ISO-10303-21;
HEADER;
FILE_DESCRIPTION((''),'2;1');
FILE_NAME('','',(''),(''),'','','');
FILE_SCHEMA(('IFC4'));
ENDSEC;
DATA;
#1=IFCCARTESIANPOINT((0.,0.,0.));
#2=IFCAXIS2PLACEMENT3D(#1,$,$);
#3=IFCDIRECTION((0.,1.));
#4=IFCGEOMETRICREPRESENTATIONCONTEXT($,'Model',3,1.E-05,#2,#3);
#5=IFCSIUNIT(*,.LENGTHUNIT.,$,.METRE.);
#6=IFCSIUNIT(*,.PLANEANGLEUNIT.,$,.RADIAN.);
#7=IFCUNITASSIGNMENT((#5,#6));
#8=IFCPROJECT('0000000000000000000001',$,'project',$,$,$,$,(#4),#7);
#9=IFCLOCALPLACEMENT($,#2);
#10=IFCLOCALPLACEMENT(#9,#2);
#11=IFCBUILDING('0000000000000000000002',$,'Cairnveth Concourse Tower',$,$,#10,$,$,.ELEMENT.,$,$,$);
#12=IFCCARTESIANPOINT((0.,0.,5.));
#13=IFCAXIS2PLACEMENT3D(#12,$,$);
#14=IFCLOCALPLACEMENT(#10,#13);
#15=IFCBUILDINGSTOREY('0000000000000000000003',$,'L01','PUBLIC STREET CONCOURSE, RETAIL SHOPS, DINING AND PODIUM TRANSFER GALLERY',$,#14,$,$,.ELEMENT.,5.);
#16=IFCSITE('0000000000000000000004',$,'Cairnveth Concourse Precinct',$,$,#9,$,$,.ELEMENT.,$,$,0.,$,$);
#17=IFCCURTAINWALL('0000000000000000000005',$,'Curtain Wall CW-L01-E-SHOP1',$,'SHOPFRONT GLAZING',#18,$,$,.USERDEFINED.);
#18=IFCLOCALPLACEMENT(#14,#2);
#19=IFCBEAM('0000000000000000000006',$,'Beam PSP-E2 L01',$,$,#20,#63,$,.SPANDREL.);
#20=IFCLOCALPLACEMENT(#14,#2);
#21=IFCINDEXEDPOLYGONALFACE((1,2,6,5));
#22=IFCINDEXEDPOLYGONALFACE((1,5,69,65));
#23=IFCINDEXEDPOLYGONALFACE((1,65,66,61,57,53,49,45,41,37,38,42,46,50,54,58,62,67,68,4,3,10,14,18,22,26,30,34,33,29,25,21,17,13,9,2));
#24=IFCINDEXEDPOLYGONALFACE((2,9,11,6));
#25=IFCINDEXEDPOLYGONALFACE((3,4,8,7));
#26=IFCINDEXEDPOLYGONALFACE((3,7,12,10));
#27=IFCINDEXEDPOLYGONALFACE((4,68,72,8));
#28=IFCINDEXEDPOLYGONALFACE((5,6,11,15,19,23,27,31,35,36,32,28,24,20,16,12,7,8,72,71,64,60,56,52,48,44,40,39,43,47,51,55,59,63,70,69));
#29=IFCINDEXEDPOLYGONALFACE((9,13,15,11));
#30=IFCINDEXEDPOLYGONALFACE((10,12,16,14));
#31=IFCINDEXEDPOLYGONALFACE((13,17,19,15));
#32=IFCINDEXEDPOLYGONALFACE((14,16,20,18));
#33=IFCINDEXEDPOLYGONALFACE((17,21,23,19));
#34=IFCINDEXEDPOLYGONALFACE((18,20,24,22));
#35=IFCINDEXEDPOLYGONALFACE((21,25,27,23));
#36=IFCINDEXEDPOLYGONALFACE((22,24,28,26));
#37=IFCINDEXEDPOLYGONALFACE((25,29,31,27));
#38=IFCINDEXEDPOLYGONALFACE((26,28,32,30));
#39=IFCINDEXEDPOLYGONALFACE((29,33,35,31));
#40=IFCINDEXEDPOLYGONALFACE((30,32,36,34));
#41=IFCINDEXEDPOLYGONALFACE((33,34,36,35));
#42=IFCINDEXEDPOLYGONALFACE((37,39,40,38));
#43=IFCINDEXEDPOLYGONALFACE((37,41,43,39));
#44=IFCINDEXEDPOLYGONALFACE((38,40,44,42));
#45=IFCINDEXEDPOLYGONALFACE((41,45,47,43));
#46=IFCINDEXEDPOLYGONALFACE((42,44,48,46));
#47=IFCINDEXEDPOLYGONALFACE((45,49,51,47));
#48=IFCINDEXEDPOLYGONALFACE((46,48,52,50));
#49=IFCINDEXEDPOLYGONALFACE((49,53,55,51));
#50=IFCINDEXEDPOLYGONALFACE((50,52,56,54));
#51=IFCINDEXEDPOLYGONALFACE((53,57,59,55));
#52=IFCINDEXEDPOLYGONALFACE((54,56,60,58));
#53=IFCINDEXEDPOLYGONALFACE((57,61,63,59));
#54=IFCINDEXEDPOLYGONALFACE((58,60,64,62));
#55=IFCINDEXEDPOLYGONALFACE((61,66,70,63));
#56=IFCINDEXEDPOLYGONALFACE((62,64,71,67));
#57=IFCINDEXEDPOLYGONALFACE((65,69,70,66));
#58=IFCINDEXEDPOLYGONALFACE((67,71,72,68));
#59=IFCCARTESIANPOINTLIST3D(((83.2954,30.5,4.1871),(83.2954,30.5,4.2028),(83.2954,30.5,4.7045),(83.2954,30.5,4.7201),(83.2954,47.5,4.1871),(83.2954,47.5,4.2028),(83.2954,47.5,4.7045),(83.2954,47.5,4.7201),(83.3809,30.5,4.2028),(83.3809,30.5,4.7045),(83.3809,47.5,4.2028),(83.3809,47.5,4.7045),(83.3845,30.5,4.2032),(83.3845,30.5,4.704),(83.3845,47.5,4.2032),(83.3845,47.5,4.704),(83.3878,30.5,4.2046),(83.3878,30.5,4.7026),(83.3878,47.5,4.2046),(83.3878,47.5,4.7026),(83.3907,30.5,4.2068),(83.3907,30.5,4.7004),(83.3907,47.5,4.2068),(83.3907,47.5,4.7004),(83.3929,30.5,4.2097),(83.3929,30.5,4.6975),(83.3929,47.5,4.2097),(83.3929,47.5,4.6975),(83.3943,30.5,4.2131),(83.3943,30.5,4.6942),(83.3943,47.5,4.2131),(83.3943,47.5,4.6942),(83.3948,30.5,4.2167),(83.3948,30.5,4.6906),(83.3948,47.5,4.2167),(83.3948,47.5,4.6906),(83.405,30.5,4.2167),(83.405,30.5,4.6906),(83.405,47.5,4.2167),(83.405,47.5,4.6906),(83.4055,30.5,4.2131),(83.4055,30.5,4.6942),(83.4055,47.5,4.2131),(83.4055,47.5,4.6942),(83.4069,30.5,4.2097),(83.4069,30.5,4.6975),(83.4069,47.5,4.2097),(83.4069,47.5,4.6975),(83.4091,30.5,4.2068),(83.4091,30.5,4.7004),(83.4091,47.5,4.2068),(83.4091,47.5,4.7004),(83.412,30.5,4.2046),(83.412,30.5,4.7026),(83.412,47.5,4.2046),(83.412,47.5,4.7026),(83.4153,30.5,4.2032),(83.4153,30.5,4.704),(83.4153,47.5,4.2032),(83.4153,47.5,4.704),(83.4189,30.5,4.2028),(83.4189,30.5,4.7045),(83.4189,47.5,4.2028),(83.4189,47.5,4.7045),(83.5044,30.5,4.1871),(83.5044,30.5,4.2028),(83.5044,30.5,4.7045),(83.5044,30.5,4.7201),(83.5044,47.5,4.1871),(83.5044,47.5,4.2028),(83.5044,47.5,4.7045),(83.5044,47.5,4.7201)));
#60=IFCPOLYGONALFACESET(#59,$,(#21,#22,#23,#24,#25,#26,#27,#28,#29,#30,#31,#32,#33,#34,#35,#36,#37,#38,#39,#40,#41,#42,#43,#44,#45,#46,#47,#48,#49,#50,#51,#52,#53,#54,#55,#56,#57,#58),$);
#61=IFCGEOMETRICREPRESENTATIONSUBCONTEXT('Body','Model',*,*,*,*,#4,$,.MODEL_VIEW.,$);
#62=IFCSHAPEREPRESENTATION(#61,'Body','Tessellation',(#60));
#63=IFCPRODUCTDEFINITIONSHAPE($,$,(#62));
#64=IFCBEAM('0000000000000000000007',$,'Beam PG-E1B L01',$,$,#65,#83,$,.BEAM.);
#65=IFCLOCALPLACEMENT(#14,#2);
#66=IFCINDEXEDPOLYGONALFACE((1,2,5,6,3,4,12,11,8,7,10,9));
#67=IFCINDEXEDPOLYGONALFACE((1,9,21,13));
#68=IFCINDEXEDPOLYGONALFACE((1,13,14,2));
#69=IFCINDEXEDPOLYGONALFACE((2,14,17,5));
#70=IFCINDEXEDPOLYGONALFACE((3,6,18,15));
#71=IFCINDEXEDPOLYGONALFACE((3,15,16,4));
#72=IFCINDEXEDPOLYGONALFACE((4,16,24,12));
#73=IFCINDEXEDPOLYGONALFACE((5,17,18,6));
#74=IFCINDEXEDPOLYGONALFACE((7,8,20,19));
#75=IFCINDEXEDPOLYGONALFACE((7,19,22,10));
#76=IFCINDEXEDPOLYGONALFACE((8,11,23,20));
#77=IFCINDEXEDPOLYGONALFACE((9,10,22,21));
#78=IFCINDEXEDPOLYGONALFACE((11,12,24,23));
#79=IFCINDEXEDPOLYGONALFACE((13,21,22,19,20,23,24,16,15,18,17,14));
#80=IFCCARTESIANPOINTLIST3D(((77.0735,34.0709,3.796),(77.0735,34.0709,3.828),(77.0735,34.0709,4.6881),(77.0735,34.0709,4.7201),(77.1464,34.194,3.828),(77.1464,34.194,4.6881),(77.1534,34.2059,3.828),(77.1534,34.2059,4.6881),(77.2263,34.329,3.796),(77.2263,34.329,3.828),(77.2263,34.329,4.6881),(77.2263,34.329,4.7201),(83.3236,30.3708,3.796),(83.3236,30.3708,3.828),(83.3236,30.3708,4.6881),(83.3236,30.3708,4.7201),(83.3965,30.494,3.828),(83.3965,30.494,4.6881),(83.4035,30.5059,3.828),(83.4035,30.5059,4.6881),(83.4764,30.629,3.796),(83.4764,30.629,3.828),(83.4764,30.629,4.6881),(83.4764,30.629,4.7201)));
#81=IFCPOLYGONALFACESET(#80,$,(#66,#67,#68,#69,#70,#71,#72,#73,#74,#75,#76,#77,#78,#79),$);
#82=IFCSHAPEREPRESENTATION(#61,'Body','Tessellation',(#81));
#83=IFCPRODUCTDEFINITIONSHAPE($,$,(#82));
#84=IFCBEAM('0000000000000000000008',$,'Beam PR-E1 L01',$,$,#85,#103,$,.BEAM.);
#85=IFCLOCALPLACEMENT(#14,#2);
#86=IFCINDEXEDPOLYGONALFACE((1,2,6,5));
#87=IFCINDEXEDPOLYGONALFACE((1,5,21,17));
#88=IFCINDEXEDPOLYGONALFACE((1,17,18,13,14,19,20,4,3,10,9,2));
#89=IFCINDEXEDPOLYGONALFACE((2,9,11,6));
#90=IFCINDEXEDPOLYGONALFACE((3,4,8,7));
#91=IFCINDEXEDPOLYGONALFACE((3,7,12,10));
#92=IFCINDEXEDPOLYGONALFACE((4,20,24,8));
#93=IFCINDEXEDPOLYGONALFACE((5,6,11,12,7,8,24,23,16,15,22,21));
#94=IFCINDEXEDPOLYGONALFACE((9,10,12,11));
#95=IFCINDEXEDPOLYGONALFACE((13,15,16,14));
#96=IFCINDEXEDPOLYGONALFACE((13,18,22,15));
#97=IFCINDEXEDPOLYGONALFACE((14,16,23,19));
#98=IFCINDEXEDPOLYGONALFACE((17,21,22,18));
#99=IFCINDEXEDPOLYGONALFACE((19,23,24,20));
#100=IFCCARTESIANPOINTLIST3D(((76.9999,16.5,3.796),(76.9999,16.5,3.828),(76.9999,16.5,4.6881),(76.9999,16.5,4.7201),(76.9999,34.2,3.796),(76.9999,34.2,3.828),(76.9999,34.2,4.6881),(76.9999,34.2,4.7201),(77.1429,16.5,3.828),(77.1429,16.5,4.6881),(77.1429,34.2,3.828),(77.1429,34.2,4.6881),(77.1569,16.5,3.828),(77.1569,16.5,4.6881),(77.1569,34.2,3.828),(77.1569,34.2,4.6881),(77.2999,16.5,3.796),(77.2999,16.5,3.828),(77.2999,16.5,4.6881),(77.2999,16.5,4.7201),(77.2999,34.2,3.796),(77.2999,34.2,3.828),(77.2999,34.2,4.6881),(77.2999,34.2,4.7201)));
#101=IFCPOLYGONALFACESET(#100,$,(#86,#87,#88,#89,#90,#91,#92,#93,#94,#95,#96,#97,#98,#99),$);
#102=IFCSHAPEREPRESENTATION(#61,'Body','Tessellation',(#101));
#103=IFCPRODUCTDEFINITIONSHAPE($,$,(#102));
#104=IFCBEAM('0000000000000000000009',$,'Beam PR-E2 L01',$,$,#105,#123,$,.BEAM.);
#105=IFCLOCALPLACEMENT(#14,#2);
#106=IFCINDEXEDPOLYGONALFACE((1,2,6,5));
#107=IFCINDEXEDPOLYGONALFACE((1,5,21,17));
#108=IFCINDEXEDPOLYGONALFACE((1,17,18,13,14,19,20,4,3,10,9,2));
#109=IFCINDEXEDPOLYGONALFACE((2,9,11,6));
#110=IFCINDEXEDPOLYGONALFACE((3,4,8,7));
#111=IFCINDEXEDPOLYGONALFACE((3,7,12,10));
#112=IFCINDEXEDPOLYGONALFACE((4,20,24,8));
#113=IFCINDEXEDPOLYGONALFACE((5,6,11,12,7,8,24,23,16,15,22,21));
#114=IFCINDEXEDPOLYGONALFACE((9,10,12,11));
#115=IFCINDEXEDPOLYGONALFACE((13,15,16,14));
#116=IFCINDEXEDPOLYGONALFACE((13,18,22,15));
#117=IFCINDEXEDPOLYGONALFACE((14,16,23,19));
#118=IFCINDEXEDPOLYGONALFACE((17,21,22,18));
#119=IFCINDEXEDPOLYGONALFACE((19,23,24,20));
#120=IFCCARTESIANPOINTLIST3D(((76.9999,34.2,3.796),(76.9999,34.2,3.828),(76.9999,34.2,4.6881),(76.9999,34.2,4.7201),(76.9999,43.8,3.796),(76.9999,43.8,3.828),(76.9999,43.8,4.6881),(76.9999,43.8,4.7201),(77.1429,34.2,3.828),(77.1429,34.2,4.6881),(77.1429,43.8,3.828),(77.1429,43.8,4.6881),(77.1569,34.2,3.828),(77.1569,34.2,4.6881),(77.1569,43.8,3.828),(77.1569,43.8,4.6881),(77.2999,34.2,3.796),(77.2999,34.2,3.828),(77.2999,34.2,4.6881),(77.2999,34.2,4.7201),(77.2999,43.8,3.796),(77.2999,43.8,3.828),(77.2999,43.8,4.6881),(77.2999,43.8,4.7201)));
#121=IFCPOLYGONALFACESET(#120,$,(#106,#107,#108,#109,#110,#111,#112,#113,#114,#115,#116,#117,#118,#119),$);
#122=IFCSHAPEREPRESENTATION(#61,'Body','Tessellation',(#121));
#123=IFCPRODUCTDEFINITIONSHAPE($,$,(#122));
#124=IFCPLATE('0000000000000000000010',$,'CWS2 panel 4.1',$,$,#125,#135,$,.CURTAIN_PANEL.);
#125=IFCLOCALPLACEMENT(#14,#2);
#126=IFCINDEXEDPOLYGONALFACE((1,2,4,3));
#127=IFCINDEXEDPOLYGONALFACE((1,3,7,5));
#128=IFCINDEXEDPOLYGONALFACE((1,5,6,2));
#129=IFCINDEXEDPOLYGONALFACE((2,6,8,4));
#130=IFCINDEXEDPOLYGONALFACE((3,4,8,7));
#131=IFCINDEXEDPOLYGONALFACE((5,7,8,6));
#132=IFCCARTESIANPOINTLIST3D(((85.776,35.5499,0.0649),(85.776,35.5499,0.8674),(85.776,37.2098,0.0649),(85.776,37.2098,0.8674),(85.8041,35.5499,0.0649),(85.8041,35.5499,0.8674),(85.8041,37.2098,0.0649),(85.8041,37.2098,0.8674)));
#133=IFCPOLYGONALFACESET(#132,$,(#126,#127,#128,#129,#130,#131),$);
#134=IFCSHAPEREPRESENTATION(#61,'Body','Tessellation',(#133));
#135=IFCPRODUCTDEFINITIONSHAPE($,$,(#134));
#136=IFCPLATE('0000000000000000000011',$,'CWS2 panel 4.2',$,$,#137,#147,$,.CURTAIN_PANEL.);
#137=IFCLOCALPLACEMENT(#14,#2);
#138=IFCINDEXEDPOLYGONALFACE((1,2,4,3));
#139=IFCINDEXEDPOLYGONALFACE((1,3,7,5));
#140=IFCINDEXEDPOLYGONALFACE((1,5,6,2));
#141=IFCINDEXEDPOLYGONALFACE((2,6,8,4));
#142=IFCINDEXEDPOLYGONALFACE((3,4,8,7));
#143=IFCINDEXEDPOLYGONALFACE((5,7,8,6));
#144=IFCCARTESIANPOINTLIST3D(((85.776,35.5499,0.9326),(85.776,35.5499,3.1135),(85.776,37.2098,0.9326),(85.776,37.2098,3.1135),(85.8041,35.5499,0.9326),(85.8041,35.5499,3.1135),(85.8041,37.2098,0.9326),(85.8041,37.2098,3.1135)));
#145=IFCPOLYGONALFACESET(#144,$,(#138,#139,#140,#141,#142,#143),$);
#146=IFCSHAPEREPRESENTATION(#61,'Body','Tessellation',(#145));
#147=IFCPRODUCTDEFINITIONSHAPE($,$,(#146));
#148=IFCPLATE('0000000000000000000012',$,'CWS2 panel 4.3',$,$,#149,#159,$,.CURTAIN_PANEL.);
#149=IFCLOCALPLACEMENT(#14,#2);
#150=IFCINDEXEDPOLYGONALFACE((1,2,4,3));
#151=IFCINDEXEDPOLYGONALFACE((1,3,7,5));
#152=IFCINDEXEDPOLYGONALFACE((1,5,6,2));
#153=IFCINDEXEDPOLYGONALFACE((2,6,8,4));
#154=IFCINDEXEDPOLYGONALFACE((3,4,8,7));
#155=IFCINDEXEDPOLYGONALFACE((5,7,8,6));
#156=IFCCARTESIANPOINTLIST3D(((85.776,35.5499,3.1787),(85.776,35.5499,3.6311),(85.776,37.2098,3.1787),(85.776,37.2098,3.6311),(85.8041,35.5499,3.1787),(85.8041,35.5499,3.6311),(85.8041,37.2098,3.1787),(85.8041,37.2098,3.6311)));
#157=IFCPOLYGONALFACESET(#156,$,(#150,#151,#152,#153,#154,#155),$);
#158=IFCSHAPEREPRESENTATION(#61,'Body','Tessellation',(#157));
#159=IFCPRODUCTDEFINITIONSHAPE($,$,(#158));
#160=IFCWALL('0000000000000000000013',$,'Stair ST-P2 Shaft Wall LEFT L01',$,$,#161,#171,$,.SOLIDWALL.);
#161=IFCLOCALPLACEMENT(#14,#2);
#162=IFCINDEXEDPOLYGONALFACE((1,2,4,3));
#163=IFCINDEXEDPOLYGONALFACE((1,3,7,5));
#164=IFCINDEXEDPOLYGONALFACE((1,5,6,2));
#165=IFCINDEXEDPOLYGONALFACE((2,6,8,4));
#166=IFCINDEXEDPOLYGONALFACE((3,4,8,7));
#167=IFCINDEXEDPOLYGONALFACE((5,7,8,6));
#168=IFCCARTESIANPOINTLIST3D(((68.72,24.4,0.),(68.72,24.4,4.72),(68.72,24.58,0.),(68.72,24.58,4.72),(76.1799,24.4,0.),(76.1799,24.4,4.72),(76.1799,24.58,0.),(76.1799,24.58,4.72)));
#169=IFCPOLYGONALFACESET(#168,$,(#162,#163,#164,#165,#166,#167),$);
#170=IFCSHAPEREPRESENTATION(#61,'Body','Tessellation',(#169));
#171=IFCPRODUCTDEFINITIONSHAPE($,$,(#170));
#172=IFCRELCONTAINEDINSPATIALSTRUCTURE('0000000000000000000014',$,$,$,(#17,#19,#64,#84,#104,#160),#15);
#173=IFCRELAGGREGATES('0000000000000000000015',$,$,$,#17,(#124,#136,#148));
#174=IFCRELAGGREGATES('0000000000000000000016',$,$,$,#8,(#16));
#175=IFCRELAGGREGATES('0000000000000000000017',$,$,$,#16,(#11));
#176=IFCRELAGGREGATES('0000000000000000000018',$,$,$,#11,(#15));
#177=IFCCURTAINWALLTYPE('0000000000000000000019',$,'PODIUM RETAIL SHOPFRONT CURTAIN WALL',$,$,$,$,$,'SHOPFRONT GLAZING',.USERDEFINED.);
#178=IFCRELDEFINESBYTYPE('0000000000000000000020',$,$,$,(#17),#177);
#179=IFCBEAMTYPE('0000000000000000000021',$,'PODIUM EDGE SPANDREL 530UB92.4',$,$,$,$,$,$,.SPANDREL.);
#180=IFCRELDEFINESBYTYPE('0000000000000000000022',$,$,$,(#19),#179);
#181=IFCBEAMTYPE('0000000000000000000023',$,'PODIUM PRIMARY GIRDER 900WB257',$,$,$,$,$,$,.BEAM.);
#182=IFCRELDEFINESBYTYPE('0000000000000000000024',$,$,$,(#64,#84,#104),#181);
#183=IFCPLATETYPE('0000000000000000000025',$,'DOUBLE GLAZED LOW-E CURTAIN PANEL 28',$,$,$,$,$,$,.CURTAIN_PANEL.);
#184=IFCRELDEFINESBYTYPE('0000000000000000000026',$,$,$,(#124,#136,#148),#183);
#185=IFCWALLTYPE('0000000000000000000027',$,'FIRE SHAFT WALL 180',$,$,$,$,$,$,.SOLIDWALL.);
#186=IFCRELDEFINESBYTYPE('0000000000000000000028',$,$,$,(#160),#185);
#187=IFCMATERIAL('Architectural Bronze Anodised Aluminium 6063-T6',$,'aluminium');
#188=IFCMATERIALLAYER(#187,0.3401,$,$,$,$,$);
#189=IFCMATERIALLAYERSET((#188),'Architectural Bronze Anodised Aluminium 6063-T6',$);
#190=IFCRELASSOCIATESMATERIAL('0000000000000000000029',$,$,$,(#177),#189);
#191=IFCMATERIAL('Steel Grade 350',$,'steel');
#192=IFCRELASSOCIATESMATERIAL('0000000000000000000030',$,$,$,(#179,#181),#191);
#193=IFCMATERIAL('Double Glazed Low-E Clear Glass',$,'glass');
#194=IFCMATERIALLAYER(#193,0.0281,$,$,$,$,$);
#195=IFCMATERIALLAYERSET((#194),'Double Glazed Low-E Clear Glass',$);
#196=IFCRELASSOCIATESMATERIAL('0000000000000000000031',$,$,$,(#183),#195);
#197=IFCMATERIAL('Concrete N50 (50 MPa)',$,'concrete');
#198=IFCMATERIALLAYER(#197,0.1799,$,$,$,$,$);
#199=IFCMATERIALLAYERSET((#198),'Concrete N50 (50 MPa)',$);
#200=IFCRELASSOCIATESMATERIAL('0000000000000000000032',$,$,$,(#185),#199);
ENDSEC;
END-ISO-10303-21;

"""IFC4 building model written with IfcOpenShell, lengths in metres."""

from ifc_helpers import new_model, si_unit, direction, frame, frame_2d, origin, origin_2d, place, context, subcontext, project, spatial, rectangle, i_section, extrude, material, layer, layer_set, material_profile, profile_set, type_object, element, aggregate, save


model = new_model("IFC4")

# Units and contexts
model_context = context("Model", 3, precision=1e-05, world=origin(), true_north=direction((0.0, 1.0)))
body_context = subcontext(model_context, "Body", "Model", "MODEL_VIEW")
ifc_project = project(units=[si_unit("LENGTHUNIT", "METRE"), si_unit("PLANEANGLEUNIT", "RADIAN")], contexts=[model_context])

# Site, building, storey
site_placement = place(None, origin())
site = spatial("IfcSite", under=ifc_project, at=site_placement, Name="Cairnveth Concourse Precinct", CompositionType="ELEMENT", RefElevation=0.0)
building_placement = place(site_placement, origin())
building = spatial("IfcBuilding", under=site, at=building_placement, Name="Cairnveth Concourse Tower", CompositionType="ELEMENT")
storey_placement = place(building_placement, frame((0.0, 0.0, 5.0)))
storey = spatial("IfcBuildingStorey", under=building, at=storey_placement, Name="L01", Description="PUBLIC STREET CONCOURSE, RETAIL SHOPS, DINING AND PODIUM TRANSFER GALLERY", CompositionType="ELEMENT", Elevation=5.0)

# Curtain wall
ifc_material_1 = material(Name="Architectural Bronze Anodised Aluminium 6063-T6", Category="aluminium")
ifc_layer_1 = layer(ifc_material_1, 0.3401)
ifc_layer_set_1 = layer_set([ifc_layer_1], Name="Architectural Bronze Anodised Aluminium 6063-T6")
curtain_wall_type = type_object("IfcCurtainWallType", Name="PODIUM RETAIL SHOPFRONT CURTAIN WALL", ElementType="SHOPFRONT GLAZING", PredefinedType="USERDEFINED", material=ifc_layer_set_1)
curtain_wall_placement = place(storey_placement, origin())
curtain_wall = element("IfcCurtainWall", 1, at=curtain_wall_placement, inside=storey, type_object=curtain_wall_type, Name="Curtain Wall CW-L01-E-SHOP1", ObjectType="SHOPFRONT GLAZING", PredefinedType="USERDEFINED")

# Beams
ifc_material_2 = material(Name="Steel Grade 350", Category="steel")
ifc_material_profile_1 = material_profile(ifc_material_2, i_section(OverallWidth=0.209, OverallDepth=0.533, WebThickness=0.0103, FlangeThickness=0.0156, FilletRadius=0.0139, at=origin_2d()), Name="530UB92.4")
ifc_profile_set_1 = profile_set([ifc_material_profile_1], Name="Steel Grade 350")
beam_type_1 = type_object("IfcBeamType", Name="PODIUM EDGE SPANDREL 530UB92.4", PredefinedType="SPANDREL", material=ifc_profile_set_1)
beam_1_placement = place(storey_placement, frame((83.3999, 30.5, 4.4536), z_axis=(0.0, 1.0, 0.0), x_axis=(-1.0, 0.0, 0.0)))
element("IfcBeam", 2, at=beam_1_placement, inside=storey, type_object=beam_type_1, Name="Beam PSP-E2 L01", PredefinedType="SPANDREL", context=body_context, shape_type="SweptSolid", body=[
    extrude(i_section(OverallWidth=0.209, OverallDepth=0.533, WebThickness=0.0103, FlangeThickness=0.0156, FilletRadius=0.0139, at=origin_2d()), origin(), (0.0, 0.0, 1.0), 17.0),
])
ifc_material_profile_2 = material_profile(ifc_material_2, i_section(OverallWidth=0.3, OverallDepth=0.9241, WebThickness=0.0139, FlangeThickness=0.032, at=origin_2d()), Name="900WB257")
ifc_profile_set_2 = profile_set([ifc_material_profile_2], Name="Steel Grade 350")
beam_type_2 = type_object("IfcBeamType", Name="PODIUM PRIMARY GIRDER 900WB257", PredefinedType="BEAM", material=ifc_profile_set_2)
beam_2_placement = place(storey_placement, frame((77.1499, 34.2, 4.2581), z_axis=(0.860518, -0.50942, 0.0), x_axis=(0.50942, 0.860518, 0.0)))
element("IfcBeam", 3, at=beam_2_placement, inside=storey, type_object=beam_type_2, Name="Beam PG-E1B L01", PredefinedType="BEAM", context=body_context, shape_type="SweptSolid", body=[
    extrude(i_section(OverallWidth=0.3, OverallDepth=0.9241, WebThickness=0.0139, FlangeThickness=0.032, at=origin_2d()), origin(), (0.0, 0.0, 1.0), 7.2632),
])
beam_3_placement = place(storey_placement, frame((77.1499, 16.5, 4.2581), z_axis=(0.0, 1.0, 0.0), x_axis=(-1.0, 0.0, 0.0)))
element("IfcBeam", 4, at=beam_3_placement, inside=storey, type_object=beam_type_2, Name="Beam PR-E1 L01", PredefinedType="BEAM", context=body_context, shape_type="SweptSolid", body=[
    extrude(i_section(OverallWidth=0.3, OverallDepth=0.9241, WebThickness=0.0139, FlangeThickness=0.032, at=origin_2d()), origin(), (0.0, 0.0, 1.0), 17.7),
])
beam_4_placement = place(storey_placement, frame((77.1499, 34.2, 4.2581), z_axis=(0.0, 1.0, 0.0), x_axis=(-1.0, 0.0, 0.0)))
element("IfcBeam", 5, at=beam_4_placement, inside=storey, type_object=beam_type_2, Name="Beam PR-E2 L01", PredefinedType="BEAM", context=body_context, shape_type="SweptSolid", body=[
    extrude(i_section(OverallWidth=0.3, OverallDepth=0.9241, WebThickness=0.0139, FlangeThickness=0.032, at=origin_2d()), origin(), (0.0, 0.0, 1.0), 9.6001),
])

# Plates
ifc_material_3 = material(Name="Double Glazed Low-E Clear Glass", Category="glass")
ifc_layer_2 = layer(ifc_material_3, 0.0281)
ifc_layer_set_2 = layer_set([ifc_layer_2], Name="Double Glazed Low-E Clear Glass")
plate_type = type_object("IfcPlateType", Name="DOUBLE GLAZED LOW-E CURTAIN PANEL 28", PredefinedType="CURTAIN_PANEL", material=ifc_layer_set_2)
plate_1_placement = place(storey_placement, frame((85.79, 36.3799, 0.0649), z_axis=(0.0, 0.0, 1.0), x_axis=(0.0, -1.0, 0.0)))
plate_1 = element("IfcPlate", 6, at=plate_1_placement, type_object=plate_type, Name="CWS2 panel 4.1", PredefinedType="CURTAIN_PANEL", context=body_context, shape_type="SweptSolid", body=[
    extrude(rectangle(XDim=1.6599, YDim=0.0281, at=origin_2d()), origin(), (0.0, 0.0, 1.0), 0.8025),
])
plate_2_placement = place(storey_placement, frame((85.79, 36.3799, 0.9326), z_axis=(0.0, 0.0, 1.0), x_axis=(0.0, -1.0, 0.0)))
plate_2 = element("IfcPlate", 7, at=plate_2_placement, type_object=plate_type, Name="CWS2 panel 4.2", PredefinedType="CURTAIN_PANEL", context=body_context, shape_type="SweptSolid", body=[
    extrude(rectangle(XDim=1.6599, YDim=0.0281, at=origin_2d()), origin(), (0.0, 0.0, 1.0), 2.1809),
])
plate_3_placement = place(storey_placement, frame((85.79, 36.3799, 3.1787), z_axis=(0.0, 0.0, 1.0), x_axis=(0.0, -1.0, 0.0)))
plate_3 = element("IfcPlate", 8, at=plate_3_placement, type_object=plate_type, Name="CWS2 panel 4.3", PredefinedType="CURTAIN_PANEL", context=body_context, shape_type="SweptSolid", body=[
    extrude(rectangle(XDim=1.6599, YDim=0.0281, at=origin_2d()), origin(), (0.0, 0.0, 1.0), 0.4524),
])
aggregate(curtain_wall, [plate_1, plate_2, plate_3])

# Wall
ifc_material_4 = material(Name="Concrete N50 (50 MPa)", Category="concrete")
ifc_layer_3 = layer(ifc_material_4, 0.1799)
ifc_layer_set_3 = layer_set([ifc_layer_3], Name="Concrete N50 (50 MPa)")
wall_type_1 = type_object("IfcWallType", Name="FIRE SHAFT WALL 180", PredefinedType="SOLIDWALL", material=ifc_layer_set_3)
wall_1_placement = place(storey_placement, frame((76.1799, 24.49, 0.0), z_axis=(0.0, 0.0, 1.0), x_axis=(-1.0, 0.0, 0.0)))
element("IfcWall", 9, at=wall_1_placement, inside=storey, type_object=wall_type_1, Name="Stair ST-P2 Shaft Wall LEFT L01", PredefinedType="SOLIDWALL", context=body_context, shape_type="SweptSolid", body=[
    extrude(rectangle(XDim=7.46, YDim=0.1799, at=frame_2d((3.73, 0.0))), origin(), (0.0, 0.0, 1.0), 4.72),
])

save(model, "model.ifc")
